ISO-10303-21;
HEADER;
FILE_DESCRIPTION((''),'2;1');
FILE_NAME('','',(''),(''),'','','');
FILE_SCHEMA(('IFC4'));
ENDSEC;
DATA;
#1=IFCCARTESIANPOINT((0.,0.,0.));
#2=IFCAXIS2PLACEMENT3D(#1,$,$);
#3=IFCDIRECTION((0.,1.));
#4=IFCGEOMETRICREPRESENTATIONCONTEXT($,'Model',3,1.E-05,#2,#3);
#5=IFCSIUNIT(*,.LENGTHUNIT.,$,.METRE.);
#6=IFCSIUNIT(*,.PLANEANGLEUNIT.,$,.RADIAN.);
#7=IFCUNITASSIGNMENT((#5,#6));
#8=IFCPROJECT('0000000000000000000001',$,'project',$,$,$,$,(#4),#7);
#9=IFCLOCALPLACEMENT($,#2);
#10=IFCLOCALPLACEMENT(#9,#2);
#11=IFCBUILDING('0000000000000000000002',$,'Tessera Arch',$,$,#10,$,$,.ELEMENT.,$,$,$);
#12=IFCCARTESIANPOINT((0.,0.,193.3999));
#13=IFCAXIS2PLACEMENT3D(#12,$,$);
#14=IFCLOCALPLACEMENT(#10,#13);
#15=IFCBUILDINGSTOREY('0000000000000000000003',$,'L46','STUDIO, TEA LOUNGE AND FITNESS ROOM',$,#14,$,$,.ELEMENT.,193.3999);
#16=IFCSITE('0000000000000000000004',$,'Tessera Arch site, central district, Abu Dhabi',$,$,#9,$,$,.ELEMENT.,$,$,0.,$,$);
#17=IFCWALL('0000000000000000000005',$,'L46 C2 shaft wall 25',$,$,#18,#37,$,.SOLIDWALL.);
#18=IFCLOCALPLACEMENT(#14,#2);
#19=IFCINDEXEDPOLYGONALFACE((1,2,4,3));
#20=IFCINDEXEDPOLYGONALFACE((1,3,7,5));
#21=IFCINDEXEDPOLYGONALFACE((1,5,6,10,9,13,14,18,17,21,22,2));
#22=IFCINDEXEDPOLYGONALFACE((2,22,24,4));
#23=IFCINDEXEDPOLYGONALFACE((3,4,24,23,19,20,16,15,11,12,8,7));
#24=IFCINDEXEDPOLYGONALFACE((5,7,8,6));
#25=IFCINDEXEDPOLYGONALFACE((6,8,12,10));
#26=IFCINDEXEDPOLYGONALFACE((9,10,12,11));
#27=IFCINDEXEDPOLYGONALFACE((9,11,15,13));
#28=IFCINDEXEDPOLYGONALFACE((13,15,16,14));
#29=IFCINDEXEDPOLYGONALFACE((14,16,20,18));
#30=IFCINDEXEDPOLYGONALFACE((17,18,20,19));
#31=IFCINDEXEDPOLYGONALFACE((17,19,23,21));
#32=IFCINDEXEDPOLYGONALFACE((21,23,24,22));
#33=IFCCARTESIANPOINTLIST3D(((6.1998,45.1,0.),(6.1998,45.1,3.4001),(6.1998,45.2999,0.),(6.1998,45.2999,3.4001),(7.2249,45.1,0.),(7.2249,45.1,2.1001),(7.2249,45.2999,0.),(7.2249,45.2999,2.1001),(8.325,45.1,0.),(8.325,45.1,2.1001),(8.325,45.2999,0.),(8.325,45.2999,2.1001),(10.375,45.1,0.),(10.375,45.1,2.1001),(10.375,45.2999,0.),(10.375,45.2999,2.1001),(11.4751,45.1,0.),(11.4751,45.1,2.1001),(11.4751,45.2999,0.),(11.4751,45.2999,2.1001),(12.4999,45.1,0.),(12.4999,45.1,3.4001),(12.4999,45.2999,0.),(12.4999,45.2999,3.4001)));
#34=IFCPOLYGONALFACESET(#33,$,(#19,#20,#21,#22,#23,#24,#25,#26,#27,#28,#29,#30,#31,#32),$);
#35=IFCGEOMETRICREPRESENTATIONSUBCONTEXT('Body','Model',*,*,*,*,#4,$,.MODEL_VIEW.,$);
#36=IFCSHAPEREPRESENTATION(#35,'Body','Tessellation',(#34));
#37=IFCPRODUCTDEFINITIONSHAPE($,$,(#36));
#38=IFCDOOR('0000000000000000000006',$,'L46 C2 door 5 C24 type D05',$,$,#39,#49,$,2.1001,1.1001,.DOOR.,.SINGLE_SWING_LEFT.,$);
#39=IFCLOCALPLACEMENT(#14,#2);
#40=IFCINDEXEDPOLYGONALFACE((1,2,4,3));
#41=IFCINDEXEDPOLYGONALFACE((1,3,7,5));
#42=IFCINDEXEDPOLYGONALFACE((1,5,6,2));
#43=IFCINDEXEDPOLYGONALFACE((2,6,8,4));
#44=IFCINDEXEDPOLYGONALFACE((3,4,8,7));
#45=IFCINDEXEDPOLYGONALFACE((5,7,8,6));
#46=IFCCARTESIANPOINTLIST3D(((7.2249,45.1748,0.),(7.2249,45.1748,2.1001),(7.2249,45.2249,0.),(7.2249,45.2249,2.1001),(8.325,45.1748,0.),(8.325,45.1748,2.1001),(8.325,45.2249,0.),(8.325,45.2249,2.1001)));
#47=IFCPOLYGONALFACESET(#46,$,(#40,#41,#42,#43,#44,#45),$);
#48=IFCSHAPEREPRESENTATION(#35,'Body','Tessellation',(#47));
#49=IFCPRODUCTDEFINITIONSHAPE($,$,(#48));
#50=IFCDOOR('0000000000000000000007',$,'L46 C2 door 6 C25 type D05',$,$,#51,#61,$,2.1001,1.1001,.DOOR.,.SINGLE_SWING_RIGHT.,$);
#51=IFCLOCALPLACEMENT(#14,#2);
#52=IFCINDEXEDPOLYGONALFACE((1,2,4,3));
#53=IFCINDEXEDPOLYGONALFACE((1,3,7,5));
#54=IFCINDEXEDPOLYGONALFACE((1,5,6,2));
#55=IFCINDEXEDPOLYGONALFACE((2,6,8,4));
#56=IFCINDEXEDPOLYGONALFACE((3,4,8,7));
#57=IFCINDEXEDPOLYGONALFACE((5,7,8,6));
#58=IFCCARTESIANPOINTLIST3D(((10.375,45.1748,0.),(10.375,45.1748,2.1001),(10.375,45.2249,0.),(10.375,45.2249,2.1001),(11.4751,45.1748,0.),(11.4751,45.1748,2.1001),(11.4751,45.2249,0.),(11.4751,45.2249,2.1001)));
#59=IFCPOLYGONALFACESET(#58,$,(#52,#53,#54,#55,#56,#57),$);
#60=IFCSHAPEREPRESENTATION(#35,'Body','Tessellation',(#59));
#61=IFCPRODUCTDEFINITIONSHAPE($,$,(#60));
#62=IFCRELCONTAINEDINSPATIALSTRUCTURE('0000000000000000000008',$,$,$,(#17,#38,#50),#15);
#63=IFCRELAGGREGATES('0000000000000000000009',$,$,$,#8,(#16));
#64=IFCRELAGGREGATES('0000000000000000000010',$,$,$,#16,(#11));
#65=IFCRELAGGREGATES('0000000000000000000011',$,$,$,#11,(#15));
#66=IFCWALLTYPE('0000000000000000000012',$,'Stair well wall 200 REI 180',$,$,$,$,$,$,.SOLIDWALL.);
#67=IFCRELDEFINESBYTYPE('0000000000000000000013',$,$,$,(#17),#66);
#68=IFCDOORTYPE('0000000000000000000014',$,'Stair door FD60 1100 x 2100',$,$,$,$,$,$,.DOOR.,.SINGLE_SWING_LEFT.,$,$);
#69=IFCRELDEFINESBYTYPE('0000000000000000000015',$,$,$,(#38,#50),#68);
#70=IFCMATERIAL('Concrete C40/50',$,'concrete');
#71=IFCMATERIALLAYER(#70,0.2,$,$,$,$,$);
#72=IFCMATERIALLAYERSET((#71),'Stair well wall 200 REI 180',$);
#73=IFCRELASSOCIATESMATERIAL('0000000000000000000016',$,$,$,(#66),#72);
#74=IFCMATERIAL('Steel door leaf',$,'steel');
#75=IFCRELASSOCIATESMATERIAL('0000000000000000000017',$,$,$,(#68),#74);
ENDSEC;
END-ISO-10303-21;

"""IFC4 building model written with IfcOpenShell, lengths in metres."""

from ifc_helpers import new_model, si_unit, direction, frame, frame_2d, origin, place, context, subcontext, project, spatial, rectangle, extrude, material, layer, layer_set, type_object, element, fill, save


model = new_model("IFC4")

# Units and contexts
model_context = context("Model", 3, precision=1e-05, world=origin(), true_north=direction((0.0, 1.0)))
body_context = subcontext(model_context, "Body", "Model", "MODEL_VIEW")
ifc_project = project(units=[si_unit("LENGTHUNIT", "METRE"), si_unit("PLANEANGLEUNIT", "RADIAN")], contexts=[model_context])

# Site, building, storey
site_placement = place(None, origin())
site = spatial("IfcSite", under=ifc_project, at=site_placement, Name="Tessera Arch site, central district, Abu Dhabi", CompositionType="ELEMENT", RefElevation=0.0)
building_placement = place(site_placement, origin())
building = spatial("IfcBuilding", under=site, at=building_placement, Name="Tessera Arch", CompositionType="ELEMENT")
storey_placement = place(building_placement, frame((0.0, 0.0, 193.3999)))
storey = spatial("IfcBuildingStorey", under=building, at=storey_placement, Name="L46", Description="STUDIO, TEA LOUNGE AND FITNESS ROOM", CompositionType="ELEMENT", Elevation=193.3999)

# Wall, openings, doors
ifc_material_1 = material(Name="Concrete C40/50", Category="concrete")
ifc_layer_1 = layer(ifc_material_1, 0.2)
ifc_layer_set_1 = layer_set([ifc_layer_1], Name="Stair well wall 200 REI 180")
wall_type_1 = type_object("IfcWallType", Name="Stair well wall 200 REI 180", PredefinedType="SOLIDWALL", material=ifc_layer_set_1)
wall_1_placement = place(storey_placement, frame((6.2, 45.2, 0.0), z_axis=(0.0, 0.0, 1.0), x_axis=(1.0, 0.0, 0.0)))
wall_1 = element("IfcWall", 1, at=wall_1_placement, inside=storey, type_object=wall_type_1, Name="L46 C2 shaft wall 25", PredefinedType="SOLIDWALL", context=body_context, shape_type="SweptSolid", body=[
    extrude(rectangle(XDim=6.3, YDim=0.2, at=frame_2d((3.1499, 0.0))), origin(), (0.0, 0.0, 1.0), 3.4001),
])
opening_1_placement = place(wall_1_placement, frame((1.0249, 0.0, 0.0)))
opening_1 = element("IfcOpeningElement", 2, at=opening_1_placement, cuts=wall_1, PredefinedType="OPENING", context=body_context, shape_type="SweptSolid", body=[
    extrude(rectangle(XDim=1.1001, YDim=2.1001, at=frame_2d((0.55, 1.05))), frame((0.0, 0.1099, 0.0), z_axis=(0.0, -1.0, 0.0), x_axis=(1.0, 0.0, 0.0)), (0.0, 0.0, 1.0), 0.22),
])
opening_2_placement = place(wall_1_placement, frame((4.175, 0.0, 0.0)))
opening_2 = element("IfcOpeningElement", 3, at=opening_2_placement, cuts=wall_1, PredefinedType="OPENING", context=body_context, shape_type="SweptSolid", body=[
    extrude(rectangle(XDim=1.1001, YDim=2.1001, at=frame_2d((0.55, 1.05))), frame((0.0, 0.1099, 0.0), z_axis=(0.0, -1.0, 0.0), x_axis=(1.0, 0.0, 0.0)), (0.0, 0.0, 1.0), 0.22),
])
ifc_material_2 = material(Name="Steel door leaf", Category="steel")
door_type_1 = type_object("IfcDoorType", Name="Stair door FD60 1100 x 2100", OperationType="SINGLE_SWING_LEFT", PredefinedType="DOOR", material=ifc_material_2)
door_1_placement = place(opening_1_placement, origin())
door_1 = element("IfcDoor", 4, at=door_1_placement, inside=storey, type_object=door_type_1, Name="L46 C2 door 5 C24 type D05", OperationType="SINGLE_SWING_LEFT", OverallHeight=2.1001, OverallWidth=1.1001, PredefinedType="DOOR", context=body_context, shape_type="SweptSolid", body=[
    extrude(rectangle(XDim=1.1001, YDim=2.1001, at=frame_2d((0.55, 1.05))), frame((0.0, 0.0249, 0.0), z_axis=(0.0, -1.0, 0.0), x_axis=(1.0, 0.0, 0.0)), (0.0, 0.0, 1.0), 0.05),
])
fill(opening_1, door_1)
door_2_placement = place(opening_2_placement, origin())
door_2 = element("IfcDoor", 5, at=door_2_placement, inside=storey, type_object=door_type_1, Name="L46 C2 door 6 C25 type D05", OperationType="SINGLE_SWING_RIGHT", OverallHeight=2.1001, OverallWidth=1.1001, PredefinedType="DOOR", context=body_context, shape_type="SweptSolid", body=[
    extrude(rectangle(XDim=1.1001, YDim=2.1001, at=frame_2d((0.55, 1.05))), frame((0.0, 0.0249, 0.0), z_axis=(0.0, -1.0, 0.0), x_axis=(1.0, 0.0, 0.0)), (0.0, 0.0, 1.0), 0.05),
])
fill(opening_2, door_2)

save(model, "model.ifc")
